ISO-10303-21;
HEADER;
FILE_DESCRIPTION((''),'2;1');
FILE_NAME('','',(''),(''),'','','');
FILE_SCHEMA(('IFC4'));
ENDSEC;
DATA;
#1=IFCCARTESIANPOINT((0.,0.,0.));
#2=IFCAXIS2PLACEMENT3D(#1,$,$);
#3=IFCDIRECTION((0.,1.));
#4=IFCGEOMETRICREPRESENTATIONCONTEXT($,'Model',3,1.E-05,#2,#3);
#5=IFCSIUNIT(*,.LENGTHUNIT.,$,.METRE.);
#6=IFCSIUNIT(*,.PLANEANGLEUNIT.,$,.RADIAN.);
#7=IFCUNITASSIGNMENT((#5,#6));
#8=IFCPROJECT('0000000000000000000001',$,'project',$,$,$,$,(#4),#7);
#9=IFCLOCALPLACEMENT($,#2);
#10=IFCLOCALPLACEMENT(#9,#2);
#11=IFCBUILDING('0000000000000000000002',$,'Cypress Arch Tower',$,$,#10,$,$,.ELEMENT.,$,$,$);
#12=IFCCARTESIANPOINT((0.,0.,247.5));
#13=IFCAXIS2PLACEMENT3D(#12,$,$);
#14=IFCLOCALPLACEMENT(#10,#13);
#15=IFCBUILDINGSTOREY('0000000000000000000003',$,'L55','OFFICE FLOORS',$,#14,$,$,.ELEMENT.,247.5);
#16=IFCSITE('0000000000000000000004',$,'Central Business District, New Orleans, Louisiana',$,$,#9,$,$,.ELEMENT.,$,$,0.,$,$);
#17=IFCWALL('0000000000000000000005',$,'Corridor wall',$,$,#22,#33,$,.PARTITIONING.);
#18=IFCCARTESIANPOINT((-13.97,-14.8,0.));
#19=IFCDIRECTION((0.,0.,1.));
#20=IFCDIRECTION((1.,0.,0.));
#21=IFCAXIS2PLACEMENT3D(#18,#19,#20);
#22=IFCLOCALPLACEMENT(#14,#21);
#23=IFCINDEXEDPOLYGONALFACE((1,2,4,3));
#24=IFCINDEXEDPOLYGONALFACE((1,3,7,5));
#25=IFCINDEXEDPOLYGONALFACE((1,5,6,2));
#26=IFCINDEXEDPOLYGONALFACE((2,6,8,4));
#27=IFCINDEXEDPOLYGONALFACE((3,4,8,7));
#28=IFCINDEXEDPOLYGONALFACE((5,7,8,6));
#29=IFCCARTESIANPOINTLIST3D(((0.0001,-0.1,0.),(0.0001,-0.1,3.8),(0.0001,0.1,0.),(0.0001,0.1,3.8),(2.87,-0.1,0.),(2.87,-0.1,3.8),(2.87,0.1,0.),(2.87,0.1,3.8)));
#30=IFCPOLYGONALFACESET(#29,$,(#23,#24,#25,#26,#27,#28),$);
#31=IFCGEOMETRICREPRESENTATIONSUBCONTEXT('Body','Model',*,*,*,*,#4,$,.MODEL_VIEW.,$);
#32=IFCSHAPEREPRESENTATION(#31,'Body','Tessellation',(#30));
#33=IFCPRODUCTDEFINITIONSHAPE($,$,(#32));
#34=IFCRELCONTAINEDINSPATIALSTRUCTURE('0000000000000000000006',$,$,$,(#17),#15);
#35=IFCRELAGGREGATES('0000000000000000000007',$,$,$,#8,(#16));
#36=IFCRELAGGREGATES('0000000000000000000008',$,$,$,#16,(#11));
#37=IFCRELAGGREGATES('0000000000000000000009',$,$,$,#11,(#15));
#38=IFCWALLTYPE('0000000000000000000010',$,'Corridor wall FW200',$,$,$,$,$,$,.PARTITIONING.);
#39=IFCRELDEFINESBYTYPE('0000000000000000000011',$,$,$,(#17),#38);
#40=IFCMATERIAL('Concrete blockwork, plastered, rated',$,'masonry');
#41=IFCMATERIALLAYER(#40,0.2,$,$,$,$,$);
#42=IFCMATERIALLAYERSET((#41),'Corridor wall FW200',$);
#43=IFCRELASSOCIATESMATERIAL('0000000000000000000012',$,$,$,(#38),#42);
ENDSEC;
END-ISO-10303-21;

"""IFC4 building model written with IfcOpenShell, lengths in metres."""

from ifc_helpers import new_model, si_unit, direction, frame, frame_2d, origin, place, context, subcontext, project, spatial, rectangle, extrude, material, layer, layer_set, type_object, element, save


model = new_model("IFC4")

# Units and contexts
model_context = context("Model", 3, precision=1e-05, world=origin(), true_north=direction((0.0, 1.0)))
body_context = subcontext(model_context, "Body", "Model", "MODEL_VIEW")
ifc_project = project(units=[si_unit("LENGTHUNIT", "METRE"), si_unit("PLANEANGLEUNIT", "RADIAN")], contexts=[model_context])

# Site, building, storey
site_placement = place(None, origin())
site = spatial("IfcSite", under=ifc_project, at=site_placement, Name="Central Business District, New Orleans, Louisiana", CompositionType="ELEMENT", RefElevation=0.0)
building_placement = place(site_placement, origin())
building = spatial("IfcBuilding", under=site, at=building_placement, Name="Cypress Arch Tower", CompositionType="ELEMENT")
storey_placement = place(building_placement, frame((0.0, 0.0, 247.5)))
storey = spatial("IfcBuildingStorey", under=building, at=storey_placement, Name="L55", Description="OFFICE FLOORS", CompositionType="ELEMENT", Elevation=247.5)

# Wall
ifc_material_1 = material(Name="Concrete blockwork, plastered, rated", Category="masonry")
ifc_layer_1 = layer(ifc_material_1, 0.2)
ifc_layer_set_1 = layer_set([ifc_layer_1], Name="Corridor wall FW200")
wall_type_1 = type_object("IfcWallType", Name="Corridor wall FW200", PredefinedType="PARTITIONING", material=ifc_layer_set_1)
wall_1_placement = place(storey_placement, frame((-13.97, -14.8, 0.0), z_axis=(0.0, 0.0, 1.0), x_axis=(1.0, 0.0, 0.0)))
element("IfcWall", 1, at=wall_1_placement, inside=storey, type_object=wall_type_1, Name="Corridor wall", PredefinedType="PARTITIONING", context=body_context, shape_type="SweptSolid", body=[
    extrude(rectangle(XDim=2.8699, YDim=0.2, at=frame_2d((1.4351, 0.0))), origin(), (0.0, 0.0, 1.0), 3.8),
])

save(model, "model.ifc")
